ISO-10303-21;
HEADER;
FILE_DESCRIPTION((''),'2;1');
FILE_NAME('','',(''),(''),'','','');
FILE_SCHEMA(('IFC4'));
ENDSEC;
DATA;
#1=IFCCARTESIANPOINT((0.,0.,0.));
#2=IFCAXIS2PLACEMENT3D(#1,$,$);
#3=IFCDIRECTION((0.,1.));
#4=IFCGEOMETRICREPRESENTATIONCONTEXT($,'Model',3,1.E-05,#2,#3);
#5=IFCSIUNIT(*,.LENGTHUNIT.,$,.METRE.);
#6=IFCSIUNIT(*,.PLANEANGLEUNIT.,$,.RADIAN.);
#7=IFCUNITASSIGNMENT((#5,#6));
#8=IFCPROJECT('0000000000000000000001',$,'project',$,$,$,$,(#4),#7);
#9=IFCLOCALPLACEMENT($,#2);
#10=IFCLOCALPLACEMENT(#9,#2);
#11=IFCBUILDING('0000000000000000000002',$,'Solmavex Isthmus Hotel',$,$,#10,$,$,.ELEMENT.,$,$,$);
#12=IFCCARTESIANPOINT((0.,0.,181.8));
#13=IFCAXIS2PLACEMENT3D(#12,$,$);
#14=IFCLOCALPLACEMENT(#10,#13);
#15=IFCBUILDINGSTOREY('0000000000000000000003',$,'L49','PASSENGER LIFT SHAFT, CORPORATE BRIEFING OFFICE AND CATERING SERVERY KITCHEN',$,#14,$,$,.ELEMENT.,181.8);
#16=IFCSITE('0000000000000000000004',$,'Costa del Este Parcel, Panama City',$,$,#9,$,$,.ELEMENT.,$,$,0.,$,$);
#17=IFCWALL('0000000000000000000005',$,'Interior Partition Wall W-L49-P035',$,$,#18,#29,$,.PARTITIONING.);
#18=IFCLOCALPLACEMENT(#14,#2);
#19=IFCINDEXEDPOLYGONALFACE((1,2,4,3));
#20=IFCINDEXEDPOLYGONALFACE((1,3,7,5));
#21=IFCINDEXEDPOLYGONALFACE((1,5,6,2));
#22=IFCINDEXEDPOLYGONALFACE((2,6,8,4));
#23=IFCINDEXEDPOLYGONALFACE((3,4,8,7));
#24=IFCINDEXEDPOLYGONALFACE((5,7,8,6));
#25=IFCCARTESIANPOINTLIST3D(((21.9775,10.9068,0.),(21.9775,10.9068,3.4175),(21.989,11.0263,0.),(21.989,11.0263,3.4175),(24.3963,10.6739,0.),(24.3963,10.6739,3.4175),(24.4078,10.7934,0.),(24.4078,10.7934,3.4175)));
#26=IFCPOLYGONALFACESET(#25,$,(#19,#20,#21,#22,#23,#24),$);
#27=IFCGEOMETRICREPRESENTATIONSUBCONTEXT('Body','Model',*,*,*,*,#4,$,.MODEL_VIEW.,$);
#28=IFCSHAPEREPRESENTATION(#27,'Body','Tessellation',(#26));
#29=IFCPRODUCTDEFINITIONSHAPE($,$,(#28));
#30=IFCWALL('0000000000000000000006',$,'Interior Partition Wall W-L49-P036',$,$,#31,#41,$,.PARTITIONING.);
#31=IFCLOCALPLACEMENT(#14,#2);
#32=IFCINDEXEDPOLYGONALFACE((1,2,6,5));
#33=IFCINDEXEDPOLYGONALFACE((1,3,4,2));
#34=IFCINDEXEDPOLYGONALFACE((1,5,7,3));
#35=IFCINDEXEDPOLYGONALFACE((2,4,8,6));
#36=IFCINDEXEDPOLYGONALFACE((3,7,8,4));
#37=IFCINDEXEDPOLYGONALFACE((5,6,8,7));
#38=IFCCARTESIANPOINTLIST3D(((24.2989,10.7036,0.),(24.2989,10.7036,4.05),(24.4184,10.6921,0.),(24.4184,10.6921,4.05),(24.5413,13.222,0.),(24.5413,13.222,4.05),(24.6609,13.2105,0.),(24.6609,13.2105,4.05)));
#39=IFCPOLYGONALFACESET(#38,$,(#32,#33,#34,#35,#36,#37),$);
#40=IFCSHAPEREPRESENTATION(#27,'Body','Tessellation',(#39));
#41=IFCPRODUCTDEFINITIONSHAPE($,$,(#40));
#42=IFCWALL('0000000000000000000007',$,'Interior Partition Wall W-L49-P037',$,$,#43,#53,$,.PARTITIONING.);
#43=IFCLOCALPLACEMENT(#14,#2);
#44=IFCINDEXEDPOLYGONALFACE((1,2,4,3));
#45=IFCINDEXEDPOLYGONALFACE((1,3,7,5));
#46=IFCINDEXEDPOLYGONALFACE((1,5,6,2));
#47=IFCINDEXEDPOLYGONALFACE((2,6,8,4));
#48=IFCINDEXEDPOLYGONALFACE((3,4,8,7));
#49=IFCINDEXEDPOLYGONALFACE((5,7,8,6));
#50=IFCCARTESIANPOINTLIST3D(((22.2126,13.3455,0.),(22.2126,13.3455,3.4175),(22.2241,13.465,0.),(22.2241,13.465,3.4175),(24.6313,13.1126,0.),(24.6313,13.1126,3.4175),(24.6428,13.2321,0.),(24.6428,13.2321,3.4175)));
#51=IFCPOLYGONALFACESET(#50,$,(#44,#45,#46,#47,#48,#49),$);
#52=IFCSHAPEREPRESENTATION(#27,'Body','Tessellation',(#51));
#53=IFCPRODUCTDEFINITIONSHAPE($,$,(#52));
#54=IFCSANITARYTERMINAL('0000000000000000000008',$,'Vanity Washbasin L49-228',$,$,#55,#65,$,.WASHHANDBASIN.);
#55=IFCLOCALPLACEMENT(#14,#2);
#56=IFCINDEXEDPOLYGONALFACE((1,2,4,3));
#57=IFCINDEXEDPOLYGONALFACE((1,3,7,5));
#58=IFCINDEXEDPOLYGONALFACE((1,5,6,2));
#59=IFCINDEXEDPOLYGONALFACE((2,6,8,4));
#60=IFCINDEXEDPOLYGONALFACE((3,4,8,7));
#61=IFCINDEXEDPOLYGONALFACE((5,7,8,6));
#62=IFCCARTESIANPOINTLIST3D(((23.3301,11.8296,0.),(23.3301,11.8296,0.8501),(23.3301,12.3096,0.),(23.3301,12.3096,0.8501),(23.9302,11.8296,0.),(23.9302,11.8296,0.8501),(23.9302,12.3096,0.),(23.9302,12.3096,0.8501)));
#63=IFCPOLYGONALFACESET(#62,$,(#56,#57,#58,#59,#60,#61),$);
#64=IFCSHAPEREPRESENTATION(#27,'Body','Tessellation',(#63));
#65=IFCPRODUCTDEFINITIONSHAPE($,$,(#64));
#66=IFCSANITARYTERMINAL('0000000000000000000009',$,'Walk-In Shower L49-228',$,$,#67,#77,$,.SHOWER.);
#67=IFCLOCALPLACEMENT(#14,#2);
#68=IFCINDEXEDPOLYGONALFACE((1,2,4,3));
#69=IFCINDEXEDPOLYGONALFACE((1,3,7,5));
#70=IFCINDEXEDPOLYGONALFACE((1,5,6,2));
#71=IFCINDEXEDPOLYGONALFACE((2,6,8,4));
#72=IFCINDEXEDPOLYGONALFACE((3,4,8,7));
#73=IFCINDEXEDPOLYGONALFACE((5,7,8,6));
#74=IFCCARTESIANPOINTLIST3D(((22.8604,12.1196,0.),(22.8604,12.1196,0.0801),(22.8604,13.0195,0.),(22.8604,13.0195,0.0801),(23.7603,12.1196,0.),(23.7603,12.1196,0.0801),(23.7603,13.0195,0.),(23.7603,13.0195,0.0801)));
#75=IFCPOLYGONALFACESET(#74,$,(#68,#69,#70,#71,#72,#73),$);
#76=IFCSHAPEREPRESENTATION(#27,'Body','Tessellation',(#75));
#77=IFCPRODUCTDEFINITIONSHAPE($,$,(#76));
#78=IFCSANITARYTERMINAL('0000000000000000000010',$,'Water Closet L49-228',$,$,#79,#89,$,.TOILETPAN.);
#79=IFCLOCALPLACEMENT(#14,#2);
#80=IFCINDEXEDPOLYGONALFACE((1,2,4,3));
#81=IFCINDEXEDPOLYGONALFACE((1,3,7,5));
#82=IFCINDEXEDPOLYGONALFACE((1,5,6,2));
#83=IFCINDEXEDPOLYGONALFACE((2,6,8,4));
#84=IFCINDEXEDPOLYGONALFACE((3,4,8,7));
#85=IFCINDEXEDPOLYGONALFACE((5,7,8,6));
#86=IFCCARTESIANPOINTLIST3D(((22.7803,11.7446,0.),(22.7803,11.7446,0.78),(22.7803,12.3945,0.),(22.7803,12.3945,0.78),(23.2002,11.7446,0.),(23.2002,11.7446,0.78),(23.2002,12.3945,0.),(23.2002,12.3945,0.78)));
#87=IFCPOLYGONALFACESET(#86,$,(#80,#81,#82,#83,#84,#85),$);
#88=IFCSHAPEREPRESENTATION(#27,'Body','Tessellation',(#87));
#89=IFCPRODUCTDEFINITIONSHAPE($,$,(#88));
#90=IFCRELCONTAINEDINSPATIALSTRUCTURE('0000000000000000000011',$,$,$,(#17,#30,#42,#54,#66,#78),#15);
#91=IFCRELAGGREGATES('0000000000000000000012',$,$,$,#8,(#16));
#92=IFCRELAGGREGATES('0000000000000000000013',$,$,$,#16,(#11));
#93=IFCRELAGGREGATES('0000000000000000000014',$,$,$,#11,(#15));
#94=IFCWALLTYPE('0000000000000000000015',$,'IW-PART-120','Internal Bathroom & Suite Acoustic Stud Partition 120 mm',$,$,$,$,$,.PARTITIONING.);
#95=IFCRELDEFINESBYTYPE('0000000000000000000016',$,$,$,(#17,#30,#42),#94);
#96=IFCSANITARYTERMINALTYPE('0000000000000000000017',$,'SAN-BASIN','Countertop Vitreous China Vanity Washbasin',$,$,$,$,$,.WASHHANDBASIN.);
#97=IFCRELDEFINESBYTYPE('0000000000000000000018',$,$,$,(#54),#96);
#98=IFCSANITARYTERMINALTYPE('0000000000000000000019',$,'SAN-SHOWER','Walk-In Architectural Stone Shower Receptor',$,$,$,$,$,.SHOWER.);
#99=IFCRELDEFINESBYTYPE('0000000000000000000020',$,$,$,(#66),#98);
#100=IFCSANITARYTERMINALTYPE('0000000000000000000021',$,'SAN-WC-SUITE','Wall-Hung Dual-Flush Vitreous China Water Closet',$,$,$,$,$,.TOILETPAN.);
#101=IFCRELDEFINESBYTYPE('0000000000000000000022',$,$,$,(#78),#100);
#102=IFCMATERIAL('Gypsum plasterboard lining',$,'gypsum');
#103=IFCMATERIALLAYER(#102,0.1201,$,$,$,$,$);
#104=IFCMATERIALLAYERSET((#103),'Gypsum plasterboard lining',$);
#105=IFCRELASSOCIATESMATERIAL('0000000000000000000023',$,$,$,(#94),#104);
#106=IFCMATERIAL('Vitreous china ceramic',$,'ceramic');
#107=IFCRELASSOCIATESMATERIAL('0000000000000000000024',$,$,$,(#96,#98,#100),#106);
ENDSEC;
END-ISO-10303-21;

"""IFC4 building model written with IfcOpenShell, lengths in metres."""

from ifc_helpers import new_model, si_unit, direction, frame, frame_2d, origin, origin_2d, place, context, subcontext, project, spatial, rectangle, extrude, material, layer, layer_set, type_object, element, save


model = new_model("IFC4")

# Units and contexts
model_context = context("Model", 3, precision=1e-05, world=origin(), true_north=direction((0.0, 1.0)))
body_context = subcontext(model_context, "Body", "Model", "MODEL_VIEW")
ifc_project = project(units=[si_unit("LENGTHUNIT", "METRE"), si_unit("PLANEANGLEUNIT", "RADIAN")], contexts=[model_context])

# Site, building, storey
site_placement = place(None, origin())
site = spatial("IfcSite", under=ifc_project, at=site_placement, Name="Costa del Este Parcel, Panama City", CompositionType="ELEMENT", RefElevation=0.0)
building_placement = place(site_placement, origin())
building = spatial("IfcBuilding", under=site, at=building_placement, Name="Solmavex Isthmus Hotel", CompositionType="ELEMENT")
storey_placement = place(building_placement, frame((0.0, 0.0, 181.8)))
storey = spatial("IfcBuildingStorey", under=building, at=storey_placement, Name="L49", Description="PASSENGER LIFT SHAFT, CORPORATE BRIEFING OFFICE AND CATERING SERVERY KITCHEN", CompositionType="ELEMENT", Elevation=181.8)

# Shared definitions
ifc_material_1 = material(Name="Gypsum plasterboard lining", Category="gypsum")

# Shared definitions
ifc_layer_1 = layer(ifc_material_1, 0.1201)
ifc_layer_set_1 = layer_set([ifc_layer_1], Name="Gypsum plasterboard lining")
wall_type_1 = type_object("IfcWallType", Name="IW-PART-120", Description="Internal Bathroom & Suite Acoustic Stud Partition 120 mm", PredefinedType="PARTITIONING", material=ifc_layer_set_1)

# Walls
wall_1_placement = place(storey_placement, frame((21.9834, 10.9666, 0.0), z_axis=(0.0, 0.0, 1.0), x_axis=(0.995396, -0.095852, 0.0)))
element("IfcWall", 1, at=wall_1_placement, inside=storey, type_object=wall_type_1, Name="Interior Partition Wall W-L49-P035", PredefinedType="PARTITIONING", context=body_context, shape_type="SweptSolid", body=[
    extrude(rectangle(XDim=2.4299, YDim=0.1201, at=frame_2d((1.2148, 0.0))), origin(), (0.0, 0.0, 1.0), 3.4175),
])
wall_2_placement = place(storey_placement, frame((24.3586, 10.6978, 0.0), z_axis=(0.0, 0.0, 1.0), x_axis=(0.095825, 0.995398, 0.0)))
element("IfcWall", 2, at=wall_2_placement, inside=storey, type_object=wall_type_1, Name="Interior Partition Wall W-L49-P036", PredefinedType="PARTITIONING", context=body_context, shape_type="SweptSolid", body=[
    extrude(rectangle(XDim=2.53, YDim=0.1201, at=frame_2d((1.2651, 0.0))), origin(), (0.0, 0.0, 1.0), 4.05),
])
wall_3_placement = place(storey_placement, frame((24.637, 13.1724, 0.0), z_axis=(0.0, 0.0, 1.0), x_axis=(-0.995396, 0.095852, 0.0)))
element("IfcWall", 3, at=wall_3_placement, inside=storey, type_object=wall_type_1, Name="Interior Partition Wall W-L49-P037", PredefinedType="PARTITIONING", context=body_context, shape_type="SweptSolid", body=[
    extrude(rectangle(XDim=2.4299, YDim=0.1201, at=frame_2d((1.2148, 0.0))), origin(), (0.0, 0.0, 1.0), 3.4175),
])

# Sanitary terminals
ifc_material_2 = material(Name="Vitreous china ceramic", Category="ceramic")
sanitary_terminal_type_1 = type_object("IfcSanitaryTerminalType", Name="SAN-BASIN", Description="Countertop Vitreous China Vanity Washbasin", PredefinedType="WASHHANDBASIN", material=ifc_material_2)
sanitary_terminal_1_placement = place(storey_placement, frame((23.6301, 12.0696, 0.0), z_axis=(0.0, 0.0, 1.0), x_axis=(1.0, 0.0, 0.0)))
element("IfcSanitaryTerminal", 4, at=sanitary_terminal_1_placement, inside=storey, type_object=sanitary_terminal_type_1, Name="Vanity Washbasin L49-228", PredefinedType="WASHHANDBASIN", context=body_context, shape_type="SweptSolid", body=[
    extrude(rectangle(XDim=0.6001, YDim=0.48, at=origin_2d()), origin(), (0.0, 0.0, 1.0), 0.8501),
])
sanitary_terminal_type_2 = type_object("IfcSanitaryTerminalType", Name="SAN-SHOWER", Description="Walk-In Architectural Stone Shower Receptor", PredefinedType="SHOWER", material=ifc_material_2)
sanitary_terminal_2_placement = place(storey_placement, frame((23.3103, 12.5696, 0.0), z_axis=(0.0, 0.0, 1.0), x_axis=(1.0, 0.0, 0.0)))
element("IfcSanitaryTerminal", 5, at=sanitary_terminal_2_placement, inside=storey, type_object=sanitary_terminal_type_2, Name="Walk-In Shower L49-228", PredefinedType="SHOWER", context=body_context, shape_type="SweptSolid", body=[
    extrude(rectangle(XDim=0.8999, YDim=0.8999, at=origin_2d()), origin(), (0.0, 0.0, 1.0), 0.0801),
])
sanitary_terminal_type_3 = type_object("IfcSanitaryTerminalType", Name="SAN-WC-SUITE", Description="Wall-Hung Dual-Flush Vitreous China Water Closet", PredefinedType="TOILETPAN", material=ifc_material_2)
sanitary_terminal_3_placement = place(storey_placement, frame((22.9902, 12.0696, 0.0), z_axis=(0.0, 0.0, 1.0), x_axis=(1.0, 0.0, 0.0)))
element("IfcSanitaryTerminal", 6, at=sanitary_terminal_3_placement, inside=storey, type_object=sanitary_terminal_type_3, Name="Water Closet L49-228", PredefinedType="TOILETPAN", context=body_context, shape_type="SweptSolid", body=[
    extrude(rectangle(XDim=0.4199, YDim=0.6499, at=origin_2d()), origin(), (0.0, 0.0, 1.0), 0.78),
])

save(model, "model.ifc")
